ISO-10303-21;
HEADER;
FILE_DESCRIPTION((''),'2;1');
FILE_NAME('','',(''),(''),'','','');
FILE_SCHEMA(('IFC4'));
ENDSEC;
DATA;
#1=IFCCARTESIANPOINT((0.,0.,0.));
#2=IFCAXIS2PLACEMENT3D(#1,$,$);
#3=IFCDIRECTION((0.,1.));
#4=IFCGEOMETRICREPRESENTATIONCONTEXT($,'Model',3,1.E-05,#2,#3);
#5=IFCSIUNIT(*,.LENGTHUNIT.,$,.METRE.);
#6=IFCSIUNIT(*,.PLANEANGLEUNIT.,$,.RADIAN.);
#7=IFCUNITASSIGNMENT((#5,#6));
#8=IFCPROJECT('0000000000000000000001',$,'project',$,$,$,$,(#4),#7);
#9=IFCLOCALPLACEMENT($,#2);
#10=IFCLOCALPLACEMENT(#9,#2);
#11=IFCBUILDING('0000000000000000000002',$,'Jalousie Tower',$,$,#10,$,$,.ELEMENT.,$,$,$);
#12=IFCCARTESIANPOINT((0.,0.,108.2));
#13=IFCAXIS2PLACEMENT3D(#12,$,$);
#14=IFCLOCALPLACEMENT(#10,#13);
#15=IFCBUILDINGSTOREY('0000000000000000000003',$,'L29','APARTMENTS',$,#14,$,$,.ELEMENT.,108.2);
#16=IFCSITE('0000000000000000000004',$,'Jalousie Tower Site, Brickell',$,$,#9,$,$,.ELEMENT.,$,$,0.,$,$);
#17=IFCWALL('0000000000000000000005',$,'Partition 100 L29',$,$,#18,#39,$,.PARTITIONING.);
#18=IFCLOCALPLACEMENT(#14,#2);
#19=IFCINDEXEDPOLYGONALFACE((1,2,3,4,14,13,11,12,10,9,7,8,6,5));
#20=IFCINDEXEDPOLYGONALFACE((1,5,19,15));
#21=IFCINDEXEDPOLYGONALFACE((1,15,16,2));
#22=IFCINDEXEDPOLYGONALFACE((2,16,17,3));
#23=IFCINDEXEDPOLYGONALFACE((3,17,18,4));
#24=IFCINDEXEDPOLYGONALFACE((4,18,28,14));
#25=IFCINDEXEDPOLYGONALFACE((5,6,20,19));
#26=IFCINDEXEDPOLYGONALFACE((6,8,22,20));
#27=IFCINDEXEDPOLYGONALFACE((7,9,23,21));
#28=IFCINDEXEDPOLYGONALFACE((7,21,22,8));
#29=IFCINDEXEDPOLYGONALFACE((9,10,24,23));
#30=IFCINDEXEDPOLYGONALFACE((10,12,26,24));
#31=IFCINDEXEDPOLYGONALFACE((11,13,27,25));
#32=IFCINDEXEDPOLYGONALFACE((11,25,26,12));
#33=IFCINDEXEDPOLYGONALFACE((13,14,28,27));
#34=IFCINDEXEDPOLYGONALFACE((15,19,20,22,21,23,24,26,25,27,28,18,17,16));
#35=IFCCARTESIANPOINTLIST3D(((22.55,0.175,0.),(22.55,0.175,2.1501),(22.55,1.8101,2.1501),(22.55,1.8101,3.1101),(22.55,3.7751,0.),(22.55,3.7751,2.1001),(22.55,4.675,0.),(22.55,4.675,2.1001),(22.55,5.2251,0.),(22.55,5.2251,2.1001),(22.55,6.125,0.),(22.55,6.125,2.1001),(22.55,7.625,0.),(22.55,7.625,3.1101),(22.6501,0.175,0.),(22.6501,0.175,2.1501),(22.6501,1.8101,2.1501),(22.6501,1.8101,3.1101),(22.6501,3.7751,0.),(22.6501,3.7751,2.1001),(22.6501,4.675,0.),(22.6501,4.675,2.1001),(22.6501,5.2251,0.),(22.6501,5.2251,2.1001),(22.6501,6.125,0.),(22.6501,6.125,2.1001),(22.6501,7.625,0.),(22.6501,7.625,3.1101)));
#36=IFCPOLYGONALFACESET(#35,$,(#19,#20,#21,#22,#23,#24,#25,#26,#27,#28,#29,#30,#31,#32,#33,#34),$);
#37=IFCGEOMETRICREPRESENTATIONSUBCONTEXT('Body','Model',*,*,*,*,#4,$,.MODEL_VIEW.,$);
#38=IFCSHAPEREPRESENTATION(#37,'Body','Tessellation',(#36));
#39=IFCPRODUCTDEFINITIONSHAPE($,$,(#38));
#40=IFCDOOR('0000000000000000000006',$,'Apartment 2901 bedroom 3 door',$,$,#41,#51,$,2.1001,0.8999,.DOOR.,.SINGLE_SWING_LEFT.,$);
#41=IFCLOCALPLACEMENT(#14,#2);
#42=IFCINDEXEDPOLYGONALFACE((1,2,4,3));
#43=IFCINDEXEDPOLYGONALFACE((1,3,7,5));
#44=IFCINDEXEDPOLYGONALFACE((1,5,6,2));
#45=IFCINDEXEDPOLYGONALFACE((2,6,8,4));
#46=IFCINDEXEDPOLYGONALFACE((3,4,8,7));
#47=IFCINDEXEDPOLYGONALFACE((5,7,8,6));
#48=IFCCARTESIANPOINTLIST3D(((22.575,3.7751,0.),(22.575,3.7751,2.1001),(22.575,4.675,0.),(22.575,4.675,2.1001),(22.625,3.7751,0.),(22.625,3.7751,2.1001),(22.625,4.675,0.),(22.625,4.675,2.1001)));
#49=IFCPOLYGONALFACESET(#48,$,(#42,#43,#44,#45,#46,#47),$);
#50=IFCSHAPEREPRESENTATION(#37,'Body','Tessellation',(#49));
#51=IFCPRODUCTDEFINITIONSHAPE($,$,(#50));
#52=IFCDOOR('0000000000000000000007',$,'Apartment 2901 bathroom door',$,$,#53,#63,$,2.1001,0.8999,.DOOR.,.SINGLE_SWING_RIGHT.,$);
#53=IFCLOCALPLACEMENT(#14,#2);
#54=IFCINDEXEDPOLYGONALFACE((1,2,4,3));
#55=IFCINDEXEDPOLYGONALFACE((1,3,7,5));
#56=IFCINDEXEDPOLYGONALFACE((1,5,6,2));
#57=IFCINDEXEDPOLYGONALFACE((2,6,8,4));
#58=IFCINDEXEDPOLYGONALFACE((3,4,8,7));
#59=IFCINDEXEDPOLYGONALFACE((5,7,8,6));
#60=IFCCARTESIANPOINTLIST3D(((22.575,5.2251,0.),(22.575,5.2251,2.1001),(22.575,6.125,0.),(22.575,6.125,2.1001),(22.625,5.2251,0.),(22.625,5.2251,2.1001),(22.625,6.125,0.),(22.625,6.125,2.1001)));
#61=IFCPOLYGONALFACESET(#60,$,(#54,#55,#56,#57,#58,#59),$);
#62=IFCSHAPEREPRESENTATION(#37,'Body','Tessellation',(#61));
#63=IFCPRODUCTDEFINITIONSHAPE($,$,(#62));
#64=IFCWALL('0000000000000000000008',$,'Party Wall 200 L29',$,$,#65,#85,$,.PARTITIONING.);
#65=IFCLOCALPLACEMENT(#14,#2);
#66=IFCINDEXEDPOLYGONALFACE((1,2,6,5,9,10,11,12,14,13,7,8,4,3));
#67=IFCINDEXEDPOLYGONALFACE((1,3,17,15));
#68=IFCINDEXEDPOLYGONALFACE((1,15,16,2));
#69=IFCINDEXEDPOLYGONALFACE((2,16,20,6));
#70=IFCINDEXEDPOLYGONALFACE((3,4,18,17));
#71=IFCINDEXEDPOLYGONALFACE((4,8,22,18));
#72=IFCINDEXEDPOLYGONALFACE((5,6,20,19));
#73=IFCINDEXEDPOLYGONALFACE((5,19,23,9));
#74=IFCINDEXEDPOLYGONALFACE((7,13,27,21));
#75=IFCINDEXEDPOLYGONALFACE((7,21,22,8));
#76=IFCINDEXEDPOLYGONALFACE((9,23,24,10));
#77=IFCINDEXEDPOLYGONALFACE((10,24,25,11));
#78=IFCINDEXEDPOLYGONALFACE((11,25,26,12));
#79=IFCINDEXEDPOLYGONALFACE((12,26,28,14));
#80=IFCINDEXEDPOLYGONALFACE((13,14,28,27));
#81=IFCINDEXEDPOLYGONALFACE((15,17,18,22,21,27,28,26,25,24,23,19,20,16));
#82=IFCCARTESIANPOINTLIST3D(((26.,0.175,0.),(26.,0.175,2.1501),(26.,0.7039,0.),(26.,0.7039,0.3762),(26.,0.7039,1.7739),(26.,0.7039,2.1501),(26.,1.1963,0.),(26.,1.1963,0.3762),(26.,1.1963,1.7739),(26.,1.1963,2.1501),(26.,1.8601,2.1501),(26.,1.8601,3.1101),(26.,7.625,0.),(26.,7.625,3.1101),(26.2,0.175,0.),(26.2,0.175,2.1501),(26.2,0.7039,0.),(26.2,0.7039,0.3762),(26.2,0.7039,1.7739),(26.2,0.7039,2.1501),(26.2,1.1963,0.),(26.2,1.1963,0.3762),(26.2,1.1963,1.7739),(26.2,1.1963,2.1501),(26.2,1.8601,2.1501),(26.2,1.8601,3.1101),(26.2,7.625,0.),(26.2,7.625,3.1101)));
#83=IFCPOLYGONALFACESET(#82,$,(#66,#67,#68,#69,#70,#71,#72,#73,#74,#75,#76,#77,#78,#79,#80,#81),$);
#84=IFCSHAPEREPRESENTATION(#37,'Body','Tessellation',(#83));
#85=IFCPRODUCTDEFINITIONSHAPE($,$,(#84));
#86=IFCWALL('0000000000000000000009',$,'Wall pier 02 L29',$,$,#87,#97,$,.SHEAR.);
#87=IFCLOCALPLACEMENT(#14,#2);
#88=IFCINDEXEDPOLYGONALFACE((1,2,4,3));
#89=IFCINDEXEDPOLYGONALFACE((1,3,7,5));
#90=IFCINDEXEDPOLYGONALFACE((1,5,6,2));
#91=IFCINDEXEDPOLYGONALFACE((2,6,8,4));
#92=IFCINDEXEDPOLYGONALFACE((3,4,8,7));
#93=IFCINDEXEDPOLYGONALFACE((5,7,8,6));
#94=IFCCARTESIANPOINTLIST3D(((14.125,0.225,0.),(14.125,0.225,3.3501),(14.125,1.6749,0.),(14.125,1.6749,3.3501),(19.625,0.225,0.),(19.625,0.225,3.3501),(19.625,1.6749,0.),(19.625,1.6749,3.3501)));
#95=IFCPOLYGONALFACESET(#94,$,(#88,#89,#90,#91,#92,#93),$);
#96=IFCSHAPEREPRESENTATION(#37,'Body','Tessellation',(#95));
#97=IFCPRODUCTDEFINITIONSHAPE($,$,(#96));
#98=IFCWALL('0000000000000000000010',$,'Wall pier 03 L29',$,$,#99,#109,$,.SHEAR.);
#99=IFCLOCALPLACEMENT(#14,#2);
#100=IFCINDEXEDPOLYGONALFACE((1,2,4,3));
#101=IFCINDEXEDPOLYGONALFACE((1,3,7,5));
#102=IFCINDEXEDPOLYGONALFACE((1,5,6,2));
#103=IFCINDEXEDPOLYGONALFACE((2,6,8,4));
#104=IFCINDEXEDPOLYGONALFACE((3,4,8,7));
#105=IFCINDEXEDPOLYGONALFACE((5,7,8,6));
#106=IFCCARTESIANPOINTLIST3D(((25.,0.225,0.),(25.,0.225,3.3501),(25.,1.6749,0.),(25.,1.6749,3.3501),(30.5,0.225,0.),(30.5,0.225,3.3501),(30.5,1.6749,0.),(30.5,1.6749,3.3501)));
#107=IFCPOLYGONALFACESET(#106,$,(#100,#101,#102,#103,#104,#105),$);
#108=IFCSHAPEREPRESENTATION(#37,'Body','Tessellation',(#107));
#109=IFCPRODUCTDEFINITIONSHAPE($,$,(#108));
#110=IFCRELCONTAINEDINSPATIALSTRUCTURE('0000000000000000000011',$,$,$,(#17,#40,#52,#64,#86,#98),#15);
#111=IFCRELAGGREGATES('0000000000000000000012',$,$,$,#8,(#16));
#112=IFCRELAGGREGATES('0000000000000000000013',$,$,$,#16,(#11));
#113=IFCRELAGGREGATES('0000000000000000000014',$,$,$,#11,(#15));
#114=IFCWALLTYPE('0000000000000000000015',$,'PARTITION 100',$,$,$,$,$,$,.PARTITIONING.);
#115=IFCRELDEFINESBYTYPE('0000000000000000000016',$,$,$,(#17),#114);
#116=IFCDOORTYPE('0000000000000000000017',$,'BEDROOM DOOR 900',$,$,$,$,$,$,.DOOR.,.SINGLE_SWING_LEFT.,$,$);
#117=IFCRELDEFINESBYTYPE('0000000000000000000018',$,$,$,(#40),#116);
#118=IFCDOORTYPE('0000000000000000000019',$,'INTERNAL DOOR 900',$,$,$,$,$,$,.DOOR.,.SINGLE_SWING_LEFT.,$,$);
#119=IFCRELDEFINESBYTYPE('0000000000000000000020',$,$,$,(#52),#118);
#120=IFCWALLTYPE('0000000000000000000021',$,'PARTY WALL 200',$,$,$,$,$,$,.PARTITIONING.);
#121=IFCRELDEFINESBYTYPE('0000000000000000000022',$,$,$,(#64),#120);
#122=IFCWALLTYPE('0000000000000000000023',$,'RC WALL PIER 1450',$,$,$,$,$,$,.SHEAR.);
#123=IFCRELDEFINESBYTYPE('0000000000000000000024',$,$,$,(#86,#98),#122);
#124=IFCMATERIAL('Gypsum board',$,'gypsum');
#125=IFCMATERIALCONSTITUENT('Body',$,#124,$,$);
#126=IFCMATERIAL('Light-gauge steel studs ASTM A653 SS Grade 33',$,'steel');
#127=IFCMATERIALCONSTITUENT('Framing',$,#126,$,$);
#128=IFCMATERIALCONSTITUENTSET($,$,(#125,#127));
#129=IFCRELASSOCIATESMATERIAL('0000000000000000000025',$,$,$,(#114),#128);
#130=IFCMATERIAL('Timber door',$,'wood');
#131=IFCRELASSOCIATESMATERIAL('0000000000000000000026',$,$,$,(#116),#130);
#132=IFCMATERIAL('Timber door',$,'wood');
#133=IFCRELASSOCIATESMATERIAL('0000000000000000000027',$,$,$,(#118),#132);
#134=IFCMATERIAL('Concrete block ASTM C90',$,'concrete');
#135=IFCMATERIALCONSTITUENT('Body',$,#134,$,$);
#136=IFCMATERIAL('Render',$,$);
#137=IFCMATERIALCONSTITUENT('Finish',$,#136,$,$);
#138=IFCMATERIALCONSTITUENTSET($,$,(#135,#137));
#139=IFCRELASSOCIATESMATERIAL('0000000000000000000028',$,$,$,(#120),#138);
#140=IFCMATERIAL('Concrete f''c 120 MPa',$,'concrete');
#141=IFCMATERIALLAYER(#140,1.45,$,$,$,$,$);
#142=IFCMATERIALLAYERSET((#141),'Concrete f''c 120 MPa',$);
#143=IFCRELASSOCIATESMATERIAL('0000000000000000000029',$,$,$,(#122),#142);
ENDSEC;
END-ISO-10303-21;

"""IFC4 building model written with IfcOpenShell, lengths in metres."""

from ifc_helpers import new_model, si_unit, direction, frame, frame_2d, origin, place, context, subcontext, project, spatial, polyline, rectangle, outline, extrude, material, layer, layer_set, constituent, constituent_set, type_object, element, fill, save


model = new_model("IFC4")

# Units and contexts
model_context = context("Model", 3, precision=1e-05, world=origin(), true_north=direction((0.0, 1.0)))
body_context = subcontext(model_context, "Body", "Model", "MODEL_VIEW")
ifc_project = project(units=[si_unit("LENGTHUNIT", "METRE"), si_unit("PLANEANGLEUNIT", "RADIAN")], contexts=[model_context])

# Site, building, storey
site_placement = place(None, origin())
site = spatial("IfcSite", under=ifc_project, at=site_placement, Name="Jalousie Tower Site, Brickell", CompositionType="ELEMENT", RefElevation=0.0)
building_placement = place(site_placement, origin())
building = spatial("IfcBuilding", under=site, at=building_placement, Name="Jalousie Tower", CompositionType="ELEMENT")
storey_placement = place(building_placement, frame((0.0, 0.0, 108.2)))
storey = spatial("IfcBuildingStorey", under=building, at=storey_placement, Name="L29", Description="APARTMENTS", CompositionType="ELEMENT", Elevation=108.2)

# Shared definitions
ifc_material_1 = material(Name="Gypsum board", Category="gypsum")
ifc_constituent_1 = constituent(ifc_material_1, Name="Body")
ifc_material_2 = material(Name="Light-gauge steel studs ASTM A653 SS Grade 33", Category="steel")
ifc_constituent_2 = constituent(ifc_material_2, Name="Framing")
ifc_constituent_set_1 = constituent_set(constituents=[ifc_constituent_1, ifc_constituent_2])
wall_type_1 = type_object("IfcWallType", Name="PARTITION 100", PredefinedType="PARTITIONING", material=ifc_constituent_set_1)
ifc_material_3 = material(Name="Timber door", Category="wood")
door_type_1 = type_object("IfcDoorType", Name="BEDROOM DOOR 900", OperationType="SINGLE_SWING_LEFT", PredefinedType="DOOR", material=ifc_material_3)

# Wall, openings, doors
wall_1_placement = place(storey_placement, frame((22.6001, 0.175, 0.0), z_axis=(0.0, 0.0, 1.0), x_axis=(0.0, 1.0, 0.0)))
wall_1 = element("IfcWall", 1, at=wall_1_placement, inside=storey, type_object=wall_type_1, Name="Partition 100 L29", PredefinedType="PARTITIONING", context=body_context, shape_type="SweptSolid", body=[
    extrude(outline(polyline([(0.0, 0.0), (7.45, 0.0), (7.45, 3.1101), (1.635, 3.1101), (1.635, 2.1501), (0.0, 2.1501), (0.0, 3.1101), (0.0, 0.0)])), frame((0.0, 0.05, 0.0), z_axis=(0.0, -1.0, 0.0), x_axis=(1.0, 0.0, 0.0)), (0.0, 0.0, 1.0), 0.1001),
])
opening_1_placement = place(wall_1_placement, frame((3.6001, 0.0, 0.0)))
opening_1 = element("IfcOpeningElement", 2, at=opening_1_placement, cuts=wall_1, PredefinedType="OPENING", context=body_context, shape_type="SweptSolid", body=[
    extrude(rectangle(XDim=0.8999, YDim=2.1001, at=frame_2d((0.45, 1.05))), frame((0.0, 0.0601, 0.0), z_axis=(0.0, -1.0, 0.0), x_axis=(1.0, 0.0, 0.0)), (0.0, 0.0, 1.0), 0.1201),
])
opening_2_placement = place(wall_1_placement, frame((5.05, 0.0, 0.0)))
opening_2 = element("IfcOpeningElement", 3, at=opening_2_placement, cuts=wall_1, PredefinedType="OPENING", context=body_context, shape_type="SweptSolid", body=[
    extrude(rectangle(XDim=0.8999, YDim=2.1001, at=frame_2d((0.45, 1.05))), frame((0.0, 0.0601, 0.0), z_axis=(0.0, -1.0, 0.0), x_axis=(1.0, 0.0, 0.0)), (0.0, 0.0, 1.0), 0.1201),
])
door_1_placement = place(opening_1_placement, frame((0.8999, 0.0, 0.0), z_axis=(0.0, 0.0, 1.0), x_axis=(-1.0, 0.0, 0.0)))
door_1 = element("IfcDoor", 4, at=door_1_placement, inside=storey, type_object=door_type_1, Name="Apartment 2901 bedroom 3 door", OperationType="SINGLE_SWING_LEFT", OverallHeight=2.1001, OverallWidth=0.8999, PredefinedType="DOOR", context=body_context, shape_type="SweptSolid", body=[
    extrude(rectangle(XDim=0.8999, YDim=2.1001, at=frame_2d((0.45, 1.05))), frame((0.0, 0.0249, 0.0), z_axis=(0.0, -1.0, 0.0), x_axis=(1.0, 0.0, 0.0)), (0.0, 0.0, 1.0), 0.05),
])
fill(opening_1, door_1)
ifc_material_4 = material(Name="Timber door", Category="wood")
door_type_2 = type_object("IfcDoorType", Name="INTERNAL DOOR 900", OperationType="SINGLE_SWING_LEFT", PredefinedType="DOOR", material=ifc_material_4)
door_2_placement = place(opening_2_placement, frame((0.8999, 0.0, 0.0), z_axis=(0.0, 0.0, 1.0), x_axis=(-1.0, 0.0, 0.0)))
door_2 = element("IfcDoor", 5, at=door_2_placement, inside=storey, type_object=door_type_2, Name="Apartment 2901 bathroom door", OperationType="SINGLE_SWING_RIGHT", OverallHeight=2.1001, OverallWidth=0.8999, PredefinedType="DOOR", context=body_context, shape_type="SweptSolid", body=[
    extrude(rectangle(XDim=0.8999, YDim=2.1001, at=frame_2d((0.45, 1.05))), frame((0.0, 0.0249, 0.0), z_axis=(0.0, -1.0, 0.0), x_axis=(1.0, 0.0, 0.0)), (0.0, 0.0, 1.0), 0.05),
])
fill(opening_2, door_2)

# Walls
ifc_material_5 = material(Name="Concrete block ASTM C90", Category="concrete")
ifc_constituent_3 = constituent(ifc_material_5, Name="Body")
ifc_material_6 = material(Name="Render")
ifc_constituent_4 = constituent(ifc_material_6, Name="Finish")
ifc_constituent_set_2 = constituent_set(constituents=[ifc_constituent_3, ifc_constituent_4])
wall_type_2 = type_object("IfcWallType", Name="PARTY WALL 200", PredefinedType="PARTITIONING", material=ifc_constituent_set_2)
wall_2_placement = place(storey_placement, frame((26.1001, 0.175, 0.0), z_axis=(0.0, 0.0, 1.0), x_axis=(0.0, 1.0, 0.0)))
element("IfcWall", 6, at=wall_2_placement, inside=storey, type_object=wall_type_2, Name="Party Wall 200 L29", PredefinedType="PARTITIONING", context=body_context, shape_type="SweptSolid", body=[
    extrude(outline(polyline([(0.5288, 2.1501), (0.0, 2.1501), (0.0, 0.0), (0.5288, 0.0), (0.5288, 0.3762), (1.0212, 0.3762), (1.0212, 0.0), (7.45, 0.0), (7.45, 3.1101), (1.6851, 3.1101), (1.6851, 2.1501), (1.0212, 2.1501), (1.0212, 1.7739), (0.5288, 1.7739), (0.5288, 2.1501)])), frame((0.0, 0.1001, 0.0), z_axis=(0.0, -1.0, 0.0), x_axis=(1.0, 0.0, 0.0)), (0.0, 0.0, 1.0), 0.2),
])
ifc_material_7 = material(Name="Concrete f'c 120 MPa", Category="concrete")
ifc_layer_1 = layer(ifc_material_7, 1.45)
ifc_layer_set_1 = layer_set([ifc_layer_1], Name="Concrete f'c 120 MPa")
wall_type_3 = type_object("IfcWallType", Name="RC WALL PIER 1450", PredefinedType="SHEAR", material=ifc_layer_set_1)
for number, where, z_axis, x_axis, name in (
    (7, (14.125, 0.95, 0.0), (0.0, 0.0, 1.0), (1.0, 0.0, 0.0), "Wall pier 02 L29"),
    (8, (25.0, 0.95, 0.0), (0.0, 0.0, 1.0), (1.0, 0.0, 0.0), "Wall pier 03 L29"),
):
    element("IfcWall", number, at=place(storey_placement, frame(where, z_axis=z_axis, x_axis=x_axis)), inside=storey, type_object=wall_type_3, Name=name, PredefinedType="SHEAR", context=body_context, shape_type="SweptSolid", body=[
        extrude(rectangle(XDim=5.5, YDim=1.45, at=frame_2d((2.75, 0.0))), origin(), (0.0, 0.0, 1.0), 3.3501),
    ])

save(model, "model.ifc")
